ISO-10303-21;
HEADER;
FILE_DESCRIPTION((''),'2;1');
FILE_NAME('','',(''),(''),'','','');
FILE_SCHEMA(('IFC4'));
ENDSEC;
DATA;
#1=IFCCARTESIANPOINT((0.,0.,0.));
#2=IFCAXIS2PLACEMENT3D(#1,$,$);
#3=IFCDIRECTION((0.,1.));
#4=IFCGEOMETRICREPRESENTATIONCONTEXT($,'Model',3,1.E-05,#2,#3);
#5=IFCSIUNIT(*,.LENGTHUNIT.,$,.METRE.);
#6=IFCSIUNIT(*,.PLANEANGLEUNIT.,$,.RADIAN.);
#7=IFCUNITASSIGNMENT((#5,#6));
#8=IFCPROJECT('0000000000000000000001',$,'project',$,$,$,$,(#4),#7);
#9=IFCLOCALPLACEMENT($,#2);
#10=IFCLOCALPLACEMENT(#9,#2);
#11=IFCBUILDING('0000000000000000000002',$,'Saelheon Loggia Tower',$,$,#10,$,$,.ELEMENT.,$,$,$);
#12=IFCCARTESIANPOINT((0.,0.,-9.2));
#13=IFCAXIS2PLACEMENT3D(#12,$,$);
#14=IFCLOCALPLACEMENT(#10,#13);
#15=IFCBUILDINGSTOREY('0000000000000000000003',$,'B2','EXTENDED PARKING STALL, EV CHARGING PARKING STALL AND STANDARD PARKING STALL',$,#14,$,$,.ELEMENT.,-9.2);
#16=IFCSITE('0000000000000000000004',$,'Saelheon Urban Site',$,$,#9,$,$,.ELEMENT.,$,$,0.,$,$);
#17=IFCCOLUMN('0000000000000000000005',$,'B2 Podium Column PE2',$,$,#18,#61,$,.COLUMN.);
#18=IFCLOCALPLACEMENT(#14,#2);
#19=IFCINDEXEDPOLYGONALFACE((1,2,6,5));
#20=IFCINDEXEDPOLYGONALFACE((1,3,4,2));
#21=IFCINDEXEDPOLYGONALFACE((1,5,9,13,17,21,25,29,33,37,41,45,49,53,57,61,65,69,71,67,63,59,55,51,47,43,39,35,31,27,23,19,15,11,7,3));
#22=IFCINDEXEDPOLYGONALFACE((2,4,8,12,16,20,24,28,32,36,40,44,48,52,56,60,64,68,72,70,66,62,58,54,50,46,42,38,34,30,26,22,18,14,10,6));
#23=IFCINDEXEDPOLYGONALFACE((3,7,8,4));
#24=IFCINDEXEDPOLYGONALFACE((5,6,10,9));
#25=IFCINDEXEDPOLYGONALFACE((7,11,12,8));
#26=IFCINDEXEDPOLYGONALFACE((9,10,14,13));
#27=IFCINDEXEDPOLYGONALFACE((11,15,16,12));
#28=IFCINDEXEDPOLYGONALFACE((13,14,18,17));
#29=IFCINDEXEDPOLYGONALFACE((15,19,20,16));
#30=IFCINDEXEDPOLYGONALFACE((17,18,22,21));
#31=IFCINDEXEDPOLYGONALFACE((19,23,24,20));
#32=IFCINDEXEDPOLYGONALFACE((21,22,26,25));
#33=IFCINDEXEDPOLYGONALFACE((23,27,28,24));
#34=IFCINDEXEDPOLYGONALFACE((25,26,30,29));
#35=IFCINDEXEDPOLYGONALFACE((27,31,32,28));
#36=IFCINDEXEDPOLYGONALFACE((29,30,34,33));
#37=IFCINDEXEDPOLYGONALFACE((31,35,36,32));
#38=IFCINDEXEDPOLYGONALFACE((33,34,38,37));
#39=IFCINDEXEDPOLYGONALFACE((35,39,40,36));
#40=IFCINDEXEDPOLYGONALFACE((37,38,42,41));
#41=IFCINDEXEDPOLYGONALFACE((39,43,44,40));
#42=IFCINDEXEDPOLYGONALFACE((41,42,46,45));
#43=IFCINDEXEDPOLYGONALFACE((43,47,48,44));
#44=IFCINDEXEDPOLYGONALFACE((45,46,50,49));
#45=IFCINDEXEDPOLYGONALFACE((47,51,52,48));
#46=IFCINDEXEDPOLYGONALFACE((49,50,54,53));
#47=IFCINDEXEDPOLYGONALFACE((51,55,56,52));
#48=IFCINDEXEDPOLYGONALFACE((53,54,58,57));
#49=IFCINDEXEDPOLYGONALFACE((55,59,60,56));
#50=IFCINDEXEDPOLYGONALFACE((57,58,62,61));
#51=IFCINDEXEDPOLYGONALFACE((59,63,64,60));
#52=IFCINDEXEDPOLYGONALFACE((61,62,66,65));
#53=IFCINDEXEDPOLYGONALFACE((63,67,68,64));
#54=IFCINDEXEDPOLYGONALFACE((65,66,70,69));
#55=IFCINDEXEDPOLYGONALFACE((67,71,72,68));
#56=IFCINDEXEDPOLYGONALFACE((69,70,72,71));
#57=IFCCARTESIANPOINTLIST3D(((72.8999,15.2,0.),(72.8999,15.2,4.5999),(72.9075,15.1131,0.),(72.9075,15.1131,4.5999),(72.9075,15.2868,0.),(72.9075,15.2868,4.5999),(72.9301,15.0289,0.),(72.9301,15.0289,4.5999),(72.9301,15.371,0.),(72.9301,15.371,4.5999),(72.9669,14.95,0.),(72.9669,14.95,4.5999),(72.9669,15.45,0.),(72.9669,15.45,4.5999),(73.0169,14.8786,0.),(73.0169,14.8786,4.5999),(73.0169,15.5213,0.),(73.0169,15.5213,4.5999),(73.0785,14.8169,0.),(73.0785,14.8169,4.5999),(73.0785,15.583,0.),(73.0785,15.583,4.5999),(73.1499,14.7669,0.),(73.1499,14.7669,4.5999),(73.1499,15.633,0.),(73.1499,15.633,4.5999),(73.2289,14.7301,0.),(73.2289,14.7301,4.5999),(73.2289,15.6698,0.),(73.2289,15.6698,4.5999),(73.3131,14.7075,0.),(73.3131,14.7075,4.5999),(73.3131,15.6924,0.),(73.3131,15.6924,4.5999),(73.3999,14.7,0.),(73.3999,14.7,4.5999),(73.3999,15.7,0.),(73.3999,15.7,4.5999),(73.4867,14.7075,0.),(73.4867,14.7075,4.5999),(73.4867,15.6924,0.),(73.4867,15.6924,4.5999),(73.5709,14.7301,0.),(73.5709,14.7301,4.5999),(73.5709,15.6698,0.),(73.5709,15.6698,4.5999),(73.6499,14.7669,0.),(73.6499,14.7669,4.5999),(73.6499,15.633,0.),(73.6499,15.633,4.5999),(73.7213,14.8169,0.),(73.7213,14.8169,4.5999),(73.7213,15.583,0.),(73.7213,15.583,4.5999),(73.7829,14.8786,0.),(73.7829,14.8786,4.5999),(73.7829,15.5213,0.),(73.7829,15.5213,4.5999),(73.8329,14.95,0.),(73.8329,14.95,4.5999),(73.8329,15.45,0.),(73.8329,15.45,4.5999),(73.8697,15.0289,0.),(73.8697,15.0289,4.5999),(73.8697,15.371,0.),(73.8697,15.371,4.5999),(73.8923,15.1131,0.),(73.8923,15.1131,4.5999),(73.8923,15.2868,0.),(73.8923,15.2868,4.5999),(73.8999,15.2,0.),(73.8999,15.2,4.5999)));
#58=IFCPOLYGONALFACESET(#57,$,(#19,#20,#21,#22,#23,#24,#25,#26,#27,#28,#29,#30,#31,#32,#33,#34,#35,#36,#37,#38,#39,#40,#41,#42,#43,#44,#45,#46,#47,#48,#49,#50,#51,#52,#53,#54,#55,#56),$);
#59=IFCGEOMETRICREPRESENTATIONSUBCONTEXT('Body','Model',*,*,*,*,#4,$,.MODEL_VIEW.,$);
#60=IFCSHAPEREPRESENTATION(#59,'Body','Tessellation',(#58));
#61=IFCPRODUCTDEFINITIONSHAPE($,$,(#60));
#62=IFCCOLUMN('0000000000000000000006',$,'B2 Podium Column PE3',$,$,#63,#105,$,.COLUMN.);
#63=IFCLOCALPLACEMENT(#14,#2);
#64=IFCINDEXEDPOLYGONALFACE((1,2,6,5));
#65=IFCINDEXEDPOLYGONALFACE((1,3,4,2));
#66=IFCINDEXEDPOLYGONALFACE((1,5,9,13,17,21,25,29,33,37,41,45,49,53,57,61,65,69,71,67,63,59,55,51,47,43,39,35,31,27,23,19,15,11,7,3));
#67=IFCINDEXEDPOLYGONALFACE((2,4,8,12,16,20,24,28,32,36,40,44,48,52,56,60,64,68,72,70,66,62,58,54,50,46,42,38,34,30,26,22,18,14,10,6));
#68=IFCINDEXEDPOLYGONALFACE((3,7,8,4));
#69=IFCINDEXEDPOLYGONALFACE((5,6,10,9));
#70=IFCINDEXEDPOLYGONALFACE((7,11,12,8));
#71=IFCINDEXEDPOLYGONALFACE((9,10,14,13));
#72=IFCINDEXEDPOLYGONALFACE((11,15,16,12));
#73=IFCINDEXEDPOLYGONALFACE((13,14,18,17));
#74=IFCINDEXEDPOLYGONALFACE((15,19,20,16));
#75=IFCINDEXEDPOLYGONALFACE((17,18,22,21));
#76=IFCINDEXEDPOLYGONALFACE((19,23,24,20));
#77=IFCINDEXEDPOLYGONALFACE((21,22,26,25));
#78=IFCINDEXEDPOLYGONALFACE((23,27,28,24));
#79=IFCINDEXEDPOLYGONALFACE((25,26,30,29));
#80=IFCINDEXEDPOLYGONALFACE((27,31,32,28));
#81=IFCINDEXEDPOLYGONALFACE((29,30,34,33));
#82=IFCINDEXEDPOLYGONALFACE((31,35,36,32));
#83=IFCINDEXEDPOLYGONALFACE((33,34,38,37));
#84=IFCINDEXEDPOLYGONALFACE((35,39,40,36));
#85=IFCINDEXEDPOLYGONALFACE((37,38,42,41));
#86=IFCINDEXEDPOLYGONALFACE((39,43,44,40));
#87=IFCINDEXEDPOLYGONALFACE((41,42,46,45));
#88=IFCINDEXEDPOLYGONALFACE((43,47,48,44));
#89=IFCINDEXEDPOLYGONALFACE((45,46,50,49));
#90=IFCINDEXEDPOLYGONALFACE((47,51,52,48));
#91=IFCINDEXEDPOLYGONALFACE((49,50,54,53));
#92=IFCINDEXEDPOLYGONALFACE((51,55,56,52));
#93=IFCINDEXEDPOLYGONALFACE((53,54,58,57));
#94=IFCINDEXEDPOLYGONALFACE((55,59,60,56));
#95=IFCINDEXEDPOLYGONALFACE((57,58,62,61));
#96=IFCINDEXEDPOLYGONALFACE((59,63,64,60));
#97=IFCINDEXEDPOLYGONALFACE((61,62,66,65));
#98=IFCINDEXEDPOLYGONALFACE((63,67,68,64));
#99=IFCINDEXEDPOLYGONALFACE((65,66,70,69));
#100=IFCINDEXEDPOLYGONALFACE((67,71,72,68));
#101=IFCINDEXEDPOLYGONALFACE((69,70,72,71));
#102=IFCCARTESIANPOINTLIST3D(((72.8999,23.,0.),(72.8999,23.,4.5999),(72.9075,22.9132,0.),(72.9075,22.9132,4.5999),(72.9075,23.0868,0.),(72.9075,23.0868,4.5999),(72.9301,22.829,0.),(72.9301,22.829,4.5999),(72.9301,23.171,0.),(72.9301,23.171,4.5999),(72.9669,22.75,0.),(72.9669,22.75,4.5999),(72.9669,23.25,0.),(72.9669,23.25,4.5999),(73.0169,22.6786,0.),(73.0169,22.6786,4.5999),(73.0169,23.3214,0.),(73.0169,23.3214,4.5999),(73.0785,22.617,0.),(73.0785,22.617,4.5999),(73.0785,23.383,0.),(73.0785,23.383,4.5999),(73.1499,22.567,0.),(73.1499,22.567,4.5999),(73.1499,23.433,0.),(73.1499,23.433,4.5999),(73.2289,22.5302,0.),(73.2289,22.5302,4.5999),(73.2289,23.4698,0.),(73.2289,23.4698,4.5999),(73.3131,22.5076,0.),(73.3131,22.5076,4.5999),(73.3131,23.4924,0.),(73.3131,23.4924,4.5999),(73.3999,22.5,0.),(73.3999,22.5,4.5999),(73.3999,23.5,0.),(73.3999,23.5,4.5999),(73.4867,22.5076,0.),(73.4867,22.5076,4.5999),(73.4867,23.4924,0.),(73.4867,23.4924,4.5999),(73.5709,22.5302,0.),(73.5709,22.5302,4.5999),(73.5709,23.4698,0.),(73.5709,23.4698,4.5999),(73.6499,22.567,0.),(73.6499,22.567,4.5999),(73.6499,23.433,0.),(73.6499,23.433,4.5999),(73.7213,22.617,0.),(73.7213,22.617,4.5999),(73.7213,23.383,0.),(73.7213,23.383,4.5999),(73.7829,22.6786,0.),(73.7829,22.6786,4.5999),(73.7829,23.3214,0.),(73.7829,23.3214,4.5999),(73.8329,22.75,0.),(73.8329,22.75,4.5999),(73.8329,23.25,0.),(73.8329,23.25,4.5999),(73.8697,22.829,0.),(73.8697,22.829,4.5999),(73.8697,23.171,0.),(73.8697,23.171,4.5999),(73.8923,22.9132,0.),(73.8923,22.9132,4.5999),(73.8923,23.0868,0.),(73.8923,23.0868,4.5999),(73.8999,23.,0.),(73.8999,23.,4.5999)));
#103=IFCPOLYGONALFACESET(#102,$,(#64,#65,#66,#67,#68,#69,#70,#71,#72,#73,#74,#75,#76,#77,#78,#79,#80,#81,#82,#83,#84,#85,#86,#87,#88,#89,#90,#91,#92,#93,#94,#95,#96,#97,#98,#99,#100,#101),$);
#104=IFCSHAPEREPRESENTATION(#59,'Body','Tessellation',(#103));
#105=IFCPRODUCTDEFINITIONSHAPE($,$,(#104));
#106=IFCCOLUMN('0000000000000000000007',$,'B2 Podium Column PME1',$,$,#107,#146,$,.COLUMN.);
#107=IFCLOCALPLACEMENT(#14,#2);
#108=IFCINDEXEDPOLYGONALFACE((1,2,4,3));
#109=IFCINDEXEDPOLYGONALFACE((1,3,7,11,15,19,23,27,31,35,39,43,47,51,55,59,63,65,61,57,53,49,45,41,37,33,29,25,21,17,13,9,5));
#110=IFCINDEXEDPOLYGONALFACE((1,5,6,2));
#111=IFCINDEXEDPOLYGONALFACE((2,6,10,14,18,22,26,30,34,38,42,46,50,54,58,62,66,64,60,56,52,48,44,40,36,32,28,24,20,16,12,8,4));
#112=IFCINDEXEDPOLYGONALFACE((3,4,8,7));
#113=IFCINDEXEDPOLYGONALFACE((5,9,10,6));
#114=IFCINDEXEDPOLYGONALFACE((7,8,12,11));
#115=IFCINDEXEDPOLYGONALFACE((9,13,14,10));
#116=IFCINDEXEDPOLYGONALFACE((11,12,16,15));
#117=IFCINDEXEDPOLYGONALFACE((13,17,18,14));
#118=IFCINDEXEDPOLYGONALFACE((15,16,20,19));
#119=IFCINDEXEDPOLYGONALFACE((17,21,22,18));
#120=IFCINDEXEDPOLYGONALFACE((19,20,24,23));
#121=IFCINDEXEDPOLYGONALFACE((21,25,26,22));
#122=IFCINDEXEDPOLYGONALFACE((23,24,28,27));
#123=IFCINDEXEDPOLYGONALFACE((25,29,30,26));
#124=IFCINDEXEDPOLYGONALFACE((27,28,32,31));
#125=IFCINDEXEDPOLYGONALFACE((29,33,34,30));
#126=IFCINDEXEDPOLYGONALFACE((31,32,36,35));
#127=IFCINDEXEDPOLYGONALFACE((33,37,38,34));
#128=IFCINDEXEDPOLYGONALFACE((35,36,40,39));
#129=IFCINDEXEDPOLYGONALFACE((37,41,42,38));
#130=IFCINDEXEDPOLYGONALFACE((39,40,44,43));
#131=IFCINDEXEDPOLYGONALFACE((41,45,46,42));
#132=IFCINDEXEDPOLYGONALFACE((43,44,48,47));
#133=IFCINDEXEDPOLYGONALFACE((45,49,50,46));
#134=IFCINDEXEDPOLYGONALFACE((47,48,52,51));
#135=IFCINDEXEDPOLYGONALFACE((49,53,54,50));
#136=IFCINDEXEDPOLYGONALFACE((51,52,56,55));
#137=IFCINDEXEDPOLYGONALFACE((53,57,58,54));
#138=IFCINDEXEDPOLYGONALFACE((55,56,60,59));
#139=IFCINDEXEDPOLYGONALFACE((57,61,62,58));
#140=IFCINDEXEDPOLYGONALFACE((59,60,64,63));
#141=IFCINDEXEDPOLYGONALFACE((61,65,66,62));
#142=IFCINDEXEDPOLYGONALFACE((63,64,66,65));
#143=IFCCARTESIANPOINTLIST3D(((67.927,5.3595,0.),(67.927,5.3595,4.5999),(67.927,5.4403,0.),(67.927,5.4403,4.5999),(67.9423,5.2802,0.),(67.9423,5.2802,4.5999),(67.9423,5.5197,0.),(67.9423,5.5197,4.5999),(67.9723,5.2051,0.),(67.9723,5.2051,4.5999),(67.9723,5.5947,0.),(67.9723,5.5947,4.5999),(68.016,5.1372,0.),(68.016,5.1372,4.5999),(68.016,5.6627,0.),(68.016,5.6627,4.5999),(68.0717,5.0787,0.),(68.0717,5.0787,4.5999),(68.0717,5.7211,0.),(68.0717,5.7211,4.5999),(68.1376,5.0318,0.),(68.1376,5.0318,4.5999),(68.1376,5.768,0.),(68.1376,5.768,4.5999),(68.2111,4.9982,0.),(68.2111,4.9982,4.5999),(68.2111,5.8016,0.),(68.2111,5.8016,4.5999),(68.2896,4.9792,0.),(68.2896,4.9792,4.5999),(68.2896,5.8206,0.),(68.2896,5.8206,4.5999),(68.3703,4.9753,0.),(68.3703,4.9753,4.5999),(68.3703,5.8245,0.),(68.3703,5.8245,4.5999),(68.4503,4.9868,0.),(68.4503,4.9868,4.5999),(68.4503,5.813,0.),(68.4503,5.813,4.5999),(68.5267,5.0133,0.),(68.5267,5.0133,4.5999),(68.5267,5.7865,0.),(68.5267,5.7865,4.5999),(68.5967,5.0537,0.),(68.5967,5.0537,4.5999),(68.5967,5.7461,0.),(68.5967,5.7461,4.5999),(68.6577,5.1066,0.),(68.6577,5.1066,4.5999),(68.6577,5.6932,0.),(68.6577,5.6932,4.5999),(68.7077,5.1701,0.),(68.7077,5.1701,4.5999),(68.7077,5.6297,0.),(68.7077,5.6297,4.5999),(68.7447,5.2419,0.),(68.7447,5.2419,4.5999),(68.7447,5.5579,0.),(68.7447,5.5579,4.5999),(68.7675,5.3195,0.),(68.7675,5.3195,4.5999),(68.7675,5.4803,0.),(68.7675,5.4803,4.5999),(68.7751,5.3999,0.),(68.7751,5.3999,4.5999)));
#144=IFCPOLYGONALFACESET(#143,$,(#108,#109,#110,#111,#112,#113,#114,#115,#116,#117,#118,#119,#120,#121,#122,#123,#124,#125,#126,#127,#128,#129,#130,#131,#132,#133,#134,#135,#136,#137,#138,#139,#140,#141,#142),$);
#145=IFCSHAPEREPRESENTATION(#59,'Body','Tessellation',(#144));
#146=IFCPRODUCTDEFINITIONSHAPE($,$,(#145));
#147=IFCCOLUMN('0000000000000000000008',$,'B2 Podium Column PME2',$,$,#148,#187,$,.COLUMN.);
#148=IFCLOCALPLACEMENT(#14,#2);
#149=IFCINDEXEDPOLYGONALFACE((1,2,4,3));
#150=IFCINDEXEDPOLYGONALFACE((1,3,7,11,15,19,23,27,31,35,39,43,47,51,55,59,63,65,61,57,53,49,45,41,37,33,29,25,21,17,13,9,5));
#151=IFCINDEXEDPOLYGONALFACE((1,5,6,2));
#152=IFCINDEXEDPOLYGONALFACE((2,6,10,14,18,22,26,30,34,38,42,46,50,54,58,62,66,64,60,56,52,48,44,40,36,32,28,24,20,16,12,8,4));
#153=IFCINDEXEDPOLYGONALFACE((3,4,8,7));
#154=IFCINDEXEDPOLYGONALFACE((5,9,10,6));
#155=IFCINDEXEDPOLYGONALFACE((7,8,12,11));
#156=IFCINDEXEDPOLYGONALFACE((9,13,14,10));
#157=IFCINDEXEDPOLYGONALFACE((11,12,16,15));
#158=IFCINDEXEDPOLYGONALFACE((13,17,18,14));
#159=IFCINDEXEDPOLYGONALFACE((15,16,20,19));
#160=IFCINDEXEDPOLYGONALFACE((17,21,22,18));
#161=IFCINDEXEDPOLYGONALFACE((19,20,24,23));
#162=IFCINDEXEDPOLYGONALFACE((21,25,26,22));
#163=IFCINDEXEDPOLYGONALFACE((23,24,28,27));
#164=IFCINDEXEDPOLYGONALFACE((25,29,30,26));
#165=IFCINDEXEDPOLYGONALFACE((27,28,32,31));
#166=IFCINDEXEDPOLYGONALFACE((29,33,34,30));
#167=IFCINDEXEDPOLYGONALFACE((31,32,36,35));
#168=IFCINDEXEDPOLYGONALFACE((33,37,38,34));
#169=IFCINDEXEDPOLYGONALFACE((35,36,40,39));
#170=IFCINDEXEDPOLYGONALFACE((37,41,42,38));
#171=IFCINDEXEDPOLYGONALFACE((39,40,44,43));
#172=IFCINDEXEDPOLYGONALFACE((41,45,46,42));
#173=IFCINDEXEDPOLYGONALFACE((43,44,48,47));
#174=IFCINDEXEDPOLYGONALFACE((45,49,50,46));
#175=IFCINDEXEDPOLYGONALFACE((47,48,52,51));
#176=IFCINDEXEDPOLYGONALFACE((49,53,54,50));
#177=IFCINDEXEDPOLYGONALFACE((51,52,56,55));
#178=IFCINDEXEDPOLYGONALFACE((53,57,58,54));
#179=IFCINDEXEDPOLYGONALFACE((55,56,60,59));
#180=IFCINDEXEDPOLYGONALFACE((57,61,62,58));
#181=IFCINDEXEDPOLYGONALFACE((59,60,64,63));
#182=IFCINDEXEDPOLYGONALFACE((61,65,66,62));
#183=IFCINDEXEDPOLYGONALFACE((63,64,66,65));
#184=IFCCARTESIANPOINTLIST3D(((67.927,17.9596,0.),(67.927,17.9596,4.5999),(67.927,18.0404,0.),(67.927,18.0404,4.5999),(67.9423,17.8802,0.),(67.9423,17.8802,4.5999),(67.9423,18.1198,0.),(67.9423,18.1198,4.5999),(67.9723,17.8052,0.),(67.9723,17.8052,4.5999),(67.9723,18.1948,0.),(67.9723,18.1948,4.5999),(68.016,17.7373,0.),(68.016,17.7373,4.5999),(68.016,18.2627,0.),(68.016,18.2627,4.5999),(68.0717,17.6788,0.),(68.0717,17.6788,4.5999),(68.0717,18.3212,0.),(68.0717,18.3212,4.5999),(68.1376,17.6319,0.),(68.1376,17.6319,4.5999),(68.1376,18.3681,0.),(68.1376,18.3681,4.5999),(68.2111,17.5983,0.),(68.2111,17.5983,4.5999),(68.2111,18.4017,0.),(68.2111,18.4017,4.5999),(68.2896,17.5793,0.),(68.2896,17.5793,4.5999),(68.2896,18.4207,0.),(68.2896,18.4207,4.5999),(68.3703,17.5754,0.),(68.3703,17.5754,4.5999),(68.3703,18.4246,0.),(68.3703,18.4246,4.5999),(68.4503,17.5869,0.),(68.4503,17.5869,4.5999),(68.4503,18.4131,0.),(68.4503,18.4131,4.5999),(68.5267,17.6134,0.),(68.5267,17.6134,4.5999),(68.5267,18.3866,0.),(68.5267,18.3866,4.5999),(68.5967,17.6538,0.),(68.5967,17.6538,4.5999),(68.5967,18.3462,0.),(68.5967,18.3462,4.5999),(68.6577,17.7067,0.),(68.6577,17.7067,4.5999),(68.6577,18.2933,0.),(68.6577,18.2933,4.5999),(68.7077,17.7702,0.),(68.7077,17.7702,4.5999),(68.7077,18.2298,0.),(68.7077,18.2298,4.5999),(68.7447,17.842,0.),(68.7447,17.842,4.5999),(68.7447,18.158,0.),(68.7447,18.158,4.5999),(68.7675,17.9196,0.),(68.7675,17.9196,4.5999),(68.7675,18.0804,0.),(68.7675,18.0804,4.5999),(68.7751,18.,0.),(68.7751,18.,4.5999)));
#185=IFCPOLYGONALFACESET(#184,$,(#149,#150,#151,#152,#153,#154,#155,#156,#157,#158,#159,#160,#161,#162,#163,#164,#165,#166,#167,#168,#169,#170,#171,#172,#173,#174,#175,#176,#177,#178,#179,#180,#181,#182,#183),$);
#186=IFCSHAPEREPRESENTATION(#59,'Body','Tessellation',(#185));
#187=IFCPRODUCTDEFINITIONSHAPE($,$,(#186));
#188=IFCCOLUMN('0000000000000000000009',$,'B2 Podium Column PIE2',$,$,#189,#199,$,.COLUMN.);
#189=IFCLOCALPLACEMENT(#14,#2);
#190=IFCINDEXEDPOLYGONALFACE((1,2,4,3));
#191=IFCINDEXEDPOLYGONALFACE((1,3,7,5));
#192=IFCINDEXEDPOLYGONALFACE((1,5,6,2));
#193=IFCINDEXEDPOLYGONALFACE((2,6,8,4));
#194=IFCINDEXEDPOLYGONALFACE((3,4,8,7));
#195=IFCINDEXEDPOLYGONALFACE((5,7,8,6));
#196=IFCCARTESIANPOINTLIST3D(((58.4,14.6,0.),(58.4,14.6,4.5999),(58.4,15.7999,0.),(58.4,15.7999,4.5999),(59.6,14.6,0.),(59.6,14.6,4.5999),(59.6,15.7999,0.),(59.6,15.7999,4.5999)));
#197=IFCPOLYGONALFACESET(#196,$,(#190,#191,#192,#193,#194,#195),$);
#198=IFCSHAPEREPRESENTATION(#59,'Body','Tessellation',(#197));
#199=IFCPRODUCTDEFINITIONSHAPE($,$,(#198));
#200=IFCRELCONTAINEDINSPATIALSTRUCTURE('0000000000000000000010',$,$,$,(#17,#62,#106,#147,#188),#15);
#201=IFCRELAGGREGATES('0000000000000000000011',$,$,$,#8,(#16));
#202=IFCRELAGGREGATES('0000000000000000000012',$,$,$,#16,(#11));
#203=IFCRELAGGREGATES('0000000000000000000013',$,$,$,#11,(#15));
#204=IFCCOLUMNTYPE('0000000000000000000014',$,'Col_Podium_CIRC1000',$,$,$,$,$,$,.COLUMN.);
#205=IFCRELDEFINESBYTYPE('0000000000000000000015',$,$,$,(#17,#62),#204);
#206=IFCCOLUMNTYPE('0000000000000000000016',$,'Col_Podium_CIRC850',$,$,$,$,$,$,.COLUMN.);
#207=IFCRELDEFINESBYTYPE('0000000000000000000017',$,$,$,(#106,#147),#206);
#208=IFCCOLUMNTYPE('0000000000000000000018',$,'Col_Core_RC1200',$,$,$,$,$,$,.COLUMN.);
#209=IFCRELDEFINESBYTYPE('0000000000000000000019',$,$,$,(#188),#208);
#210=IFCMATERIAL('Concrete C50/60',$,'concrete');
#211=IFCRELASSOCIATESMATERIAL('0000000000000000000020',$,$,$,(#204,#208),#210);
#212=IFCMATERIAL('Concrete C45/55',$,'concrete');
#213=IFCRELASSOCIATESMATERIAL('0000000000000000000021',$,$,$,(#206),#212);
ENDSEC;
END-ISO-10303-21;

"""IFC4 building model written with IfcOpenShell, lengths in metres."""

from ifc_helpers import new_model, si_unit, direction, frame, origin, origin_2d, place, context, subcontext, project, spatial, rectangle, circle, extrude, source, transform, mapped, material, material_profile, profile_set, type_object, element, save


model = new_model("IFC4")

# Units and contexts
model_context = context("Model", 3, precision=1e-05, world=origin(), true_north=direction((0.0, 1.0)))
body_context = subcontext(model_context, "Body", "Model", "MODEL_VIEW")
ifc_project = project(units=[si_unit("LENGTHUNIT", "METRE"), si_unit("PLANEANGLEUNIT", "RADIAN")], contexts=[model_context])

# Site, building, storey
site_placement = place(None, origin())
site = spatial("IfcSite", under=ifc_project, at=site_placement, Name="Saelheon Urban Site", CompositionType="ELEMENT", RefElevation=0.0)
building_placement = place(site_placement, origin())
building = spatial("IfcBuilding", under=site, at=building_placement, Name="Saelheon Loggia Tower", CompositionType="ELEMENT")
storey_placement = place(building_placement, frame((0.0, 0.0, -9.2)))
storey = spatial("IfcBuildingStorey", under=building, at=storey_placement, Name="B2", Description="EXTENDED PARKING STALL, EV CHARGING PARKING STALL AND STANDARD PARKING STALL", CompositionType="ELEMENT", Elevation=-9.2)

# Shared definitions
ifc_material_1 = material(Name="Concrete C50/60", Category="concrete")

# Columns
ifc_material_profile_1 = material_profile(ifc_material_1, circle(Radius=0.5, at=origin_2d()), Name="CIRC-1000")
ifc_profile_set_1 = profile_set([ifc_material_profile_1], Name="Concrete C50/60")
column_type_1 = type_object("IfcColumnType", Name="Col_Podium_CIRC1000", PredefinedType="COLUMN", material=ifc_profile_set_1)
shared_shape_1 = source(origin(), body_context, "Body", "SweptSolid", [
    extrude(circle(Radius=0.5, at=origin_2d()), origin(), (0.0, 0.0, 1.0), 4.5999),
])
for number, where, z_axis, x_axis, name in (
    (1, (73.3999, 15.2, 0.0), (0.0, 0.0, 1.0), (1.0, 0.0, 0.0), "B2 Podium Column PE2"),
    (2, (73.3999, 23.0, 0.0), (0.0, 0.0, 1.0), (1.0, 0.0, 0.0), "B2 Podium Column PE3"),
):
    element("IfcColumn", number, at=place(storey_placement, frame(where, z_axis=z_axis, x_axis=x_axis)), inside=storey, type_object=column_type_1, Name=name, PredefinedType="COLUMN", context=body_context, shape_type="MappedRepresentation", body=[
        mapped(shared_shape_1, transform((0.0, 0.0, 0.0), scale=1.0)),
    ])
ifc_material_2 = material(Name="Concrete C45/55", Category="concrete")
ifc_material_profile_2 = material_profile(ifc_material_2, circle(Radius=0.425, at=origin_2d()), Name="CIRC-850")
ifc_profile_set_2 = profile_set([ifc_material_profile_2], Name="Concrete C45/55")
column_type_2 = type_object("IfcColumnType", Name="Col_Podium_CIRC850", PredefinedType="COLUMN", material=ifc_profile_set_2)
shared_shape_2 = source(origin(), body_context, "Body", "SweptSolid", [
    extrude(circle(Radius=0.425, at=origin_2d()), origin(), (0.0, 0.0, 1.0), 4.5999),
])
for number, where, z_axis, x_axis, name in (
    (3, (68.3501, 5.3999, 0.0), (0.0, 0.0, 1.0), (1.0, 0.0, 0.0), "B2 Podium Column PME1"),
    (4, (68.3501, 18.0, 0.0), (0.0, 0.0, 1.0), (1.0, 0.0, 0.0), "B2 Podium Column PME2"),
):
    element("IfcColumn", number, at=place(storey_placement, frame(where, z_axis=z_axis, x_axis=x_axis)), inside=storey, type_object=column_type_2, Name=name, PredefinedType="COLUMN", context=body_context, shape_type="MappedRepresentation", body=[
        mapped(shared_shape_2, transform((0.0, 0.0, 0.0), scale=1.0)),
    ])
ifc_material_profile_3 = material_profile(ifc_material_1, rectangle(XDim=1.2, YDim=1.2, at=origin_2d()), Name="RC-1200x1200")
ifc_profile_set_3 = profile_set([ifc_material_profile_3], Name="Concrete C50/60")
column_type_3 = type_object("IfcColumnType", Name="Col_Core_RC1200", PredefinedType="COLUMN", material=ifc_profile_set_3)
shared_shape_3 = source(origin(), body_context, "Body", "SweptSolid", [
    extrude(rectangle(XDim=1.2, YDim=1.2, at=origin_2d()), origin(), (0.0, 0.0, 1.0), 4.5999),
])
for number, where, z_axis, x_axis, name in (
    (5, (59.0, 15.2, 0.0), (0.0, 0.0, 1.0), (1.0, 0.0, 0.0), "B2 Podium Column PIE2"),
):
    element("IfcColumn", number, at=place(storey_placement, frame(where, z_axis=z_axis, x_axis=x_axis)), inside=storey, type_object=column_type_3, Name=name, PredefinedType="COLUMN", context=body_context, shape_type="MappedRepresentation", body=[
        mapped(shared_shape_3, transform((0.0, 0.0, 0.0), scale=1.0)),
    ])

save(model, "model.ifc")
